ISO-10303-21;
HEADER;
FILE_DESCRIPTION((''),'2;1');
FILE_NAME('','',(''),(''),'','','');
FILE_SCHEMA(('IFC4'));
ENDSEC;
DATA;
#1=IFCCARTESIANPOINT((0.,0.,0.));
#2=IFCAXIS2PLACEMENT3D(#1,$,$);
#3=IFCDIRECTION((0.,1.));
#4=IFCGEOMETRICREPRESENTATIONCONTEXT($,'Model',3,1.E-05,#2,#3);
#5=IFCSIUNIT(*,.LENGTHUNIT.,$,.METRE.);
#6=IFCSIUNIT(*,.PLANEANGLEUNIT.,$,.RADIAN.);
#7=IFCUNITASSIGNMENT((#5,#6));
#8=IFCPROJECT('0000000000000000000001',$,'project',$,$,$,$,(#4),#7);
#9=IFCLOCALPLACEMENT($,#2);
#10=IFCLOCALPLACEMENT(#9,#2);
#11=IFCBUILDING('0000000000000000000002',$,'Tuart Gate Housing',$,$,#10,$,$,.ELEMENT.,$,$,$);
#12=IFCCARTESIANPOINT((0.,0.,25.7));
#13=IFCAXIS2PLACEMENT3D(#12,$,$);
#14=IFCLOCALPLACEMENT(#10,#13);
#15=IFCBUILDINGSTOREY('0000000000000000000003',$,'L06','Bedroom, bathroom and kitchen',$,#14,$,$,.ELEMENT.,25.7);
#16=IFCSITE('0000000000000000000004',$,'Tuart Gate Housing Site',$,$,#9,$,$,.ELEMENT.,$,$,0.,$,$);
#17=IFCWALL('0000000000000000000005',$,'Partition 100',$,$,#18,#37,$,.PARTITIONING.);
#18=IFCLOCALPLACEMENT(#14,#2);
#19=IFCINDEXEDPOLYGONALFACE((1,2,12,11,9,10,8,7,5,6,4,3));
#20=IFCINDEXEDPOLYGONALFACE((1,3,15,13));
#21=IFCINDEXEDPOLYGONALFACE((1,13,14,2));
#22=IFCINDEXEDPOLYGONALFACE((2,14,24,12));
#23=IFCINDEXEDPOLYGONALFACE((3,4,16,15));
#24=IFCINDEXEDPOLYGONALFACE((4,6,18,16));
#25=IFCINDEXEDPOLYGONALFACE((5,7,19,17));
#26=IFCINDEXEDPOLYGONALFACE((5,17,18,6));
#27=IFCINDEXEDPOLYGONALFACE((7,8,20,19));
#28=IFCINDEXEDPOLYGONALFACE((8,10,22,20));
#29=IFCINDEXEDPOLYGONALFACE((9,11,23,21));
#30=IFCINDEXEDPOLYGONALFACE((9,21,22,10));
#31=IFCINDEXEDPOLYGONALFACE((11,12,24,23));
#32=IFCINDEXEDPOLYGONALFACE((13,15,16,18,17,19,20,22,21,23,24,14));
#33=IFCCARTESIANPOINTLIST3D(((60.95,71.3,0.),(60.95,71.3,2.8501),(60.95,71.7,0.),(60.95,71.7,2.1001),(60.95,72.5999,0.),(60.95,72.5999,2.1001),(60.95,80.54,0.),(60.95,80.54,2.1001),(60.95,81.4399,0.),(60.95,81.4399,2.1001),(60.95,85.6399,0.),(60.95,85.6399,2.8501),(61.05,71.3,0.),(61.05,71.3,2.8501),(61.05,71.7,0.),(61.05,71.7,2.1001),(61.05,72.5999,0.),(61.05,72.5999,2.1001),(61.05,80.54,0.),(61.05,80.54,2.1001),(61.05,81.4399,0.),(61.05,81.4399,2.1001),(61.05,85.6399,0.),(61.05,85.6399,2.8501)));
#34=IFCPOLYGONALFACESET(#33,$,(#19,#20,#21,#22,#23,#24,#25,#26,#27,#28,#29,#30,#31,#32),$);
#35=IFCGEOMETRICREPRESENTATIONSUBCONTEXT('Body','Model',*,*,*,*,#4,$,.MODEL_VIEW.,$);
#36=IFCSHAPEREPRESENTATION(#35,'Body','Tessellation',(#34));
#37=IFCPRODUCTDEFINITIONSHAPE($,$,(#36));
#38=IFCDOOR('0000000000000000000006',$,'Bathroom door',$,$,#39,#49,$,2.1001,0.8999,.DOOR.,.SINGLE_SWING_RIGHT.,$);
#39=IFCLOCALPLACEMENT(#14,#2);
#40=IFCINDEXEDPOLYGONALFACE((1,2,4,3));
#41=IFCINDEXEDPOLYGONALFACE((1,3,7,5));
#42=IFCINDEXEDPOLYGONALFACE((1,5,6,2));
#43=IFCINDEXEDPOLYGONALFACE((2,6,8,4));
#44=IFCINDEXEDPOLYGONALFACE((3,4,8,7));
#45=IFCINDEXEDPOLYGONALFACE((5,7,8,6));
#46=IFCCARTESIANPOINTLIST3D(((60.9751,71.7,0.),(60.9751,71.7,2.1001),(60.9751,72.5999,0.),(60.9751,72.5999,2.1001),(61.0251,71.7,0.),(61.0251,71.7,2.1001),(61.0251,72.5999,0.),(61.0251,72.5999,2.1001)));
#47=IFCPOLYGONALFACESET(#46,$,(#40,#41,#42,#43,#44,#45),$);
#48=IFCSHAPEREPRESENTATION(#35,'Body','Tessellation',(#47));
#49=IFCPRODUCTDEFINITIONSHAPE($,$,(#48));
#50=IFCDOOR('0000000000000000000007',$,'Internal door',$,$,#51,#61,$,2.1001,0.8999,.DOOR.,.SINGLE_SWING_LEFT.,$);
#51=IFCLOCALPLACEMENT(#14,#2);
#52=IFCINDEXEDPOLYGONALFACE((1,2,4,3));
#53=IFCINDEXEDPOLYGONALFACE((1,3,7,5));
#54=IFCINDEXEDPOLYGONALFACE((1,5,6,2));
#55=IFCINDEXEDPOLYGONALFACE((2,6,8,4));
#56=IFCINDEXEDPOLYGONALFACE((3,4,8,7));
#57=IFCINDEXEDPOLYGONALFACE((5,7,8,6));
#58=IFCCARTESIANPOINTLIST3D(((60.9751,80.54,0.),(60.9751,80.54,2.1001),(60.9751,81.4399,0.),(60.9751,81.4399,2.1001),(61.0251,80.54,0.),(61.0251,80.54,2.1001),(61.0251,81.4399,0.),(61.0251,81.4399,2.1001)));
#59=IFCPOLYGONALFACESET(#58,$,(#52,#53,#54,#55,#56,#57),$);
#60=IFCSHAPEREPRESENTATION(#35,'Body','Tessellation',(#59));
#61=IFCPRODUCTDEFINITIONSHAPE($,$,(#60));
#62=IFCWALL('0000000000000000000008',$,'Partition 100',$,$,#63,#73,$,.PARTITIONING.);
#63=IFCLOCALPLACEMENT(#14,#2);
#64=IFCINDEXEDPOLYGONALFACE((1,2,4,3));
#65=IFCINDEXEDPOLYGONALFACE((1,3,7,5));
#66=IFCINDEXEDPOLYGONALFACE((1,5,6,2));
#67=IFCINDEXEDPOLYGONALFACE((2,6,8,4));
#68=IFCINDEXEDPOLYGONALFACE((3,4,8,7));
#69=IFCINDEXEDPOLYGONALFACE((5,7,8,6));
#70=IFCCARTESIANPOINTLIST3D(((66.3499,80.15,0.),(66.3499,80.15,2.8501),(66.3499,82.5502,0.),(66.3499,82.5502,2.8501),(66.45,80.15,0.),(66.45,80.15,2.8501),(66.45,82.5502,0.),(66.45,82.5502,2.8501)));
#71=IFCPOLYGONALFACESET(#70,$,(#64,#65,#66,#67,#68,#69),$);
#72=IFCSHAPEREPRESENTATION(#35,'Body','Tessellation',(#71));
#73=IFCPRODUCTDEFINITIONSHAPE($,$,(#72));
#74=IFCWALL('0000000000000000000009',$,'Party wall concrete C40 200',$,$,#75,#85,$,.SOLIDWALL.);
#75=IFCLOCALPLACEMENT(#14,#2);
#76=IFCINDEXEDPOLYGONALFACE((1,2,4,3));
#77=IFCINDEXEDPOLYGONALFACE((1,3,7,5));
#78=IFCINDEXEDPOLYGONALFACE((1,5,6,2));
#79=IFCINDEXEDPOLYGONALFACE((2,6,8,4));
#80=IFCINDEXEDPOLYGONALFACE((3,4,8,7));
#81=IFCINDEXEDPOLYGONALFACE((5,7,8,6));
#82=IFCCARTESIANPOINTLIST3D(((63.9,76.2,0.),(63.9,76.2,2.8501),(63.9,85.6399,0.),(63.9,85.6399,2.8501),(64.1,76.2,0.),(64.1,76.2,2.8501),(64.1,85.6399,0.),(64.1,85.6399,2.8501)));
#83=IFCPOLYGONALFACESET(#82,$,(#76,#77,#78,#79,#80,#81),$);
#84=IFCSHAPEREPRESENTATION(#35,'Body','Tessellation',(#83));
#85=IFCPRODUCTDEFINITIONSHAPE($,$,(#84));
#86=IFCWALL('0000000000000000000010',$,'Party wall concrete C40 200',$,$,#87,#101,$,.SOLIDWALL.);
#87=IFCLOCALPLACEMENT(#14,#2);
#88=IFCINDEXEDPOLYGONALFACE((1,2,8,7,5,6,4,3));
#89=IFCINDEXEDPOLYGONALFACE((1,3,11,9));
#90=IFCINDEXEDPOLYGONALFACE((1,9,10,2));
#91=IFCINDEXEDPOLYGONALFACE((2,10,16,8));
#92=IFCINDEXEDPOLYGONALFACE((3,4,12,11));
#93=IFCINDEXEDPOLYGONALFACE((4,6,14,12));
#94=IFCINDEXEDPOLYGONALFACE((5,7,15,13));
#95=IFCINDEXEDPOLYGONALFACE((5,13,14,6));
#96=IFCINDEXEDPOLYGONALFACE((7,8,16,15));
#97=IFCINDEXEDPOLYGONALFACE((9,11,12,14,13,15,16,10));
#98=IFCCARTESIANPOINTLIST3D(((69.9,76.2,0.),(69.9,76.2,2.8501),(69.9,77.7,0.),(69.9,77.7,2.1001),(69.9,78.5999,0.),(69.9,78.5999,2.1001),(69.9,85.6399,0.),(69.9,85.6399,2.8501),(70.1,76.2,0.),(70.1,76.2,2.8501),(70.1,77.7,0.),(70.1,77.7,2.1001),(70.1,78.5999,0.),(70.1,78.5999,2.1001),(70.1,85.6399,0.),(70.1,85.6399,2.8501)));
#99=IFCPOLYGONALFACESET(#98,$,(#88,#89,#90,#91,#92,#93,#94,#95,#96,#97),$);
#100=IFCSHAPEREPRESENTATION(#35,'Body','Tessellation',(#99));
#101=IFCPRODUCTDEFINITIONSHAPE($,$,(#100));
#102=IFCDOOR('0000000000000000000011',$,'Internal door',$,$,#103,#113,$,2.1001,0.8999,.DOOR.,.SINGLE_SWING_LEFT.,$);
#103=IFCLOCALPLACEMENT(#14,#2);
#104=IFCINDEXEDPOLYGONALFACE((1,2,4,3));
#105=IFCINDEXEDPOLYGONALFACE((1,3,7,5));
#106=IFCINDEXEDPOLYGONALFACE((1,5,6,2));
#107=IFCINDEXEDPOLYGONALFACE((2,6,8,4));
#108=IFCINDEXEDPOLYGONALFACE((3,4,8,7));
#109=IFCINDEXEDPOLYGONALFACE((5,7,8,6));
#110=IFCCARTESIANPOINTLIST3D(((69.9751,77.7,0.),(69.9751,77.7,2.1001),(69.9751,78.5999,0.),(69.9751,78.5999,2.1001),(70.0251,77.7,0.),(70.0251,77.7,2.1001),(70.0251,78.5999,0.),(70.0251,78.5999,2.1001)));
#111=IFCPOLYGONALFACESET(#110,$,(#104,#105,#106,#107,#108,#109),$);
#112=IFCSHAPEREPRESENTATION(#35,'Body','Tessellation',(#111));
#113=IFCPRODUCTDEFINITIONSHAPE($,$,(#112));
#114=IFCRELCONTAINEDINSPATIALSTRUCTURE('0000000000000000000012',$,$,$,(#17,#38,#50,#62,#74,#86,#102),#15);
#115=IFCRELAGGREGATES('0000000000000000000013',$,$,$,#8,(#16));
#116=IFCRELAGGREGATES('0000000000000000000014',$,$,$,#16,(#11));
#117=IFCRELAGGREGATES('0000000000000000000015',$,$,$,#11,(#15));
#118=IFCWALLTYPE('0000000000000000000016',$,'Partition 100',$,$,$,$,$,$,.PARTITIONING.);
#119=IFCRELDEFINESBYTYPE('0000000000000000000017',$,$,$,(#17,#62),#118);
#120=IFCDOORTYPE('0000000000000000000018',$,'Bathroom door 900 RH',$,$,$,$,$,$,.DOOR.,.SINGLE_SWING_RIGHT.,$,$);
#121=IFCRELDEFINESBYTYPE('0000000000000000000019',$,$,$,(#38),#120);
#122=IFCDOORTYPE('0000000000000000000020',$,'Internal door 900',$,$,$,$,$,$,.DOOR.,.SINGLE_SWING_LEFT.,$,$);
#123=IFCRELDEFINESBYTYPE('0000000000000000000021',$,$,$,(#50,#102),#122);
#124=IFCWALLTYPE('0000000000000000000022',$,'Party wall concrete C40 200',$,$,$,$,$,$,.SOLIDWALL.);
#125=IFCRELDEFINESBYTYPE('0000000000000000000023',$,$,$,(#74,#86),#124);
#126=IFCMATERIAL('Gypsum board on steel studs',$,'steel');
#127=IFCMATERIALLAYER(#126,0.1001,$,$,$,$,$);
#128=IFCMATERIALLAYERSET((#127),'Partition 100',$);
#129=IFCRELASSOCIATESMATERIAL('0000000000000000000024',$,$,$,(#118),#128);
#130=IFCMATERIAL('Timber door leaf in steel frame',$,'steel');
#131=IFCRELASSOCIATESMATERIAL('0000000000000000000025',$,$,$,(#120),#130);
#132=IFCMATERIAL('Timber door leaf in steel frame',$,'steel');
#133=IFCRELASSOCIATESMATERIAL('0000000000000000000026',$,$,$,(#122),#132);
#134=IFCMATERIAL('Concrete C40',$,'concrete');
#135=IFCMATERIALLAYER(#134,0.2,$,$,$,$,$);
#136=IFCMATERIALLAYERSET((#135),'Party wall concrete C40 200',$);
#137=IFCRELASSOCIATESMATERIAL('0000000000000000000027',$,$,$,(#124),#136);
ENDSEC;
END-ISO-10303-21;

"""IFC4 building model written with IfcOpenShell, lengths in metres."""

from ifc_helpers import new_model, si_unit, direction, frame, frame_2d, origin, place, context, subcontext, project, spatial, rectangle, extrude, material, layer, layer_set, type_object, element, fill, save


model = new_model("IFC4")

# Units and contexts
model_context = context("Model", 3, precision=1e-05, world=origin(), true_north=direction((0.0, 1.0)))
body_context = subcontext(model_context, "Body", "Model", "MODEL_VIEW")
ifc_project = project(units=[si_unit("LENGTHUNIT", "METRE"), si_unit("PLANEANGLEUNIT", "RADIAN")], contexts=[model_context])

# Site, building, storey
site_placement = place(None, origin())
site = spatial("IfcSite", under=ifc_project, at=site_placement, Name="Tuart Gate Housing Site", CompositionType="ELEMENT", RefElevation=0.0)
building_placement = place(site_placement, origin())
building = spatial("IfcBuilding", under=site, at=building_placement, Name="Tuart Gate Housing", CompositionType="ELEMENT")
storey_placement = place(building_placement, frame((0.0, 0.0, 25.7)))
storey = spatial("IfcBuildingStorey", under=building, at=storey_placement, Name="L06", Description="Bedroom, bathroom and kitchen", CompositionType="ELEMENT", Elevation=25.7)

# Shared definitions
ifc_material_1 = material(Name="Gypsum board on steel studs", Category="steel")
ifc_layer_1 = layer(ifc_material_1, 0.1001)
ifc_layer_set_1 = layer_set([ifc_layer_1], Name="Partition 100")
wall_type_1 = type_object("IfcWallType", Name="Partition 100", PredefinedType="PARTITIONING", material=ifc_layer_set_1)

# Shared definitions
ifc_material_2 = material(Name="Timber door leaf in steel frame", Category="steel")
door_type_1 = type_object("IfcDoorType", Name="Bathroom door 900 RH", OperationType="SINGLE_SWING_RIGHT", PredefinedType="DOOR", material=ifc_material_2)
ifc_material_3 = material(Name="Timber door leaf in steel frame", Category="steel")
door_type_2 = type_object("IfcDoorType", Name="Internal door 900", OperationType="SINGLE_SWING_LEFT", PredefinedType="DOOR", material=ifc_material_3)

# Wall, openings, doors
wall_1_placement = place(storey_placement, frame((61.0, 71.3, 0.0), z_axis=(0.0, 0.0, 1.0), x_axis=(0.0, 1.0, 0.0)))
wall_1 = element("IfcWall", 1, at=wall_1_placement, inside=storey, type_object=wall_type_1, Name="Partition 100", PredefinedType="PARTITIONING", context=body_context, shape_type="SweptSolid", body=[
    extrude(rectangle(XDim=14.3398, YDim=0.1001, at=frame_2d((7.1699, 0.0))), origin(), (0.0, 0.0, 1.0), 2.8501),
])
opening_1_placement = place(wall_1_placement, frame((9.24, 0.0, 0.0)))
opening_1 = element("IfcOpeningElement", 2, at=opening_1_placement, cuts=wall_1, PredefinedType="OPENING", context=body_context, shape_type="SweptSolid", body=[
    extrude(rectangle(XDim=0.8999, YDim=2.1001, at=frame_2d((0.45, 1.05))), frame((0.0, 0.0601, 0.0), z_axis=(0.0, -1.0, 0.0), x_axis=(1.0, 0.0, 0.0)), (0.0, 0.0, 1.0), 0.1201),
])
opening_2_placement = place(wall_1_placement, frame((0.3999, 0.0, 0.0)))
opening_2 = element("IfcOpeningElement", 3, at=opening_2_placement, cuts=wall_1, PredefinedType="OPENING", context=body_context, shape_type="SweptSolid", body=[
    extrude(rectangle(XDim=0.8999, YDim=2.1001, at=frame_2d((0.45, 1.05))), frame((0.0, 0.0601, 0.0), z_axis=(0.0, -1.0, 0.0), x_axis=(1.0, 0.0, 0.0)), (0.0, 0.0, 1.0), 0.1201),
])
door_1_placement = place(opening_2_placement, frame((0.8999, 0.0, 0.0), z_axis=(0.0, 0.0, 1.0), x_axis=(-1.0, 0.0, 0.0)))
door_1 = element("IfcDoor", 4, at=door_1_placement, inside=storey, type_object=door_type_1, Name="Bathroom door", OperationType="SINGLE_SWING_RIGHT", OverallHeight=2.1001, OverallWidth=0.8999, PredefinedType="DOOR", context=body_context, shape_type="SweptSolid", body=[
    extrude(rectangle(XDim=0.8999, YDim=2.1001, at=frame_2d((0.45, 1.05))), frame((0.0, 0.0251, 0.0), z_axis=(0.0, -1.0, 0.0), x_axis=(1.0, 0.0, 0.0)), (0.0, 0.0, 1.0), 0.05),
])
fill(opening_2, door_1)
door_2_placement = place(opening_1_placement, frame((0.8999, 0.0, 0.0), z_axis=(0.0, 0.0, 1.0), x_axis=(-1.0, 0.0, 0.0)))
door_2 = element("IfcDoor", 5, at=door_2_placement, inside=storey, type_object=door_type_2, Name="Internal door", OperationType="SINGLE_SWING_LEFT", OverallHeight=2.1001, OverallWidth=0.8999, PredefinedType="DOOR", context=body_context, shape_type="SweptSolid", body=[
    extrude(rectangle(XDim=0.8999, YDim=2.1001, at=frame_2d((0.45, 1.05))), frame((0.0, 0.0251, 0.0), z_axis=(0.0, -1.0, 0.0), x_axis=(1.0, 0.0, 0.0)), (0.0, 0.0, 1.0), 0.05),
])
fill(opening_1, door_2)

# Walls
wall_2_placement = place(storey_placement, frame((66.3999, 80.1499, 0.0), z_axis=(0.0, 0.0, 1.0), x_axis=(0.0, 1.0, 0.0)))
element("IfcWall", 6, at=wall_2_placement, inside=storey, type_object=wall_type_1, Name="Partition 100", PredefinedType="PARTITIONING", context=body_context, shape_type="SweptSolid", body=[
    extrude(rectangle(XDim=2.4001, YDim=0.1001, at=frame_2d((1.2002, 0.0))), origin(), (0.0, 0.0, 1.0), 2.8501),
])
ifc_material_4 = material(Name="Concrete C40", Category="concrete")
ifc_layer_2 = layer(ifc_material_4, 0.2)
ifc_layer_set_2 = layer_set([ifc_layer_2], Name="Party wall concrete C40 200")
wall_type_2 = type_object("IfcWallType", Name="Party wall concrete C40 200", PredefinedType="SOLIDWALL", material=ifc_layer_set_2)
wall_3_placement = place(storey_placement, frame((64.0, 76.2, 0.0), z_axis=(0.0, 0.0, 1.0), x_axis=(0.0, 1.0, 0.0)))
element("IfcWall", 7, at=wall_3_placement, inside=storey, type_object=wall_type_2, Name="Party wall concrete C40 200", PredefinedType="SOLIDWALL", context=body_context, shape_type="SweptSolid", body=[
    extrude(rectangle(XDim=9.4399, YDim=0.2, at=frame_2d((4.72, 0.0))), origin(), (0.0, 0.0, 1.0), 2.8501),
])

# Wall, opening, door
wall_4_placement = place(storey_placement, frame((70.0, 76.2, 0.0), z_axis=(0.0, 0.0, 1.0), x_axis=(0.0, 1.0, 0.0)))
wall_4 = element("IfcWall", 8, at=wall_4_placement, inside=storey, type_object=wall_type_2, Name="Party wall concrete C40 200", PredefinedType="SOLIDWALL", context=body_context, shape_type="SweptSolid", body=[
    extrude(rectangle(XDim=9.4399, YDim=0.2, at=frame_2d((4.72, 0.0))), origin(), (0.0, 0.0, 1.0), 2.8501),
])
opening_3_placement = place(wall_4_placement, frame((1.5, 0.0, 0.0)))
opening_3 = element("IfcOpeningElement", 9, at=opening_3_placement, cuts=wall_4, PredefinedType="OPENING", context=body_context, shape_type="SweptSolid", body=[
    extrude(rectangle(XDim=0.8999, YDim=2.1001, at=frame_2d((0.45, 1.05))), frame((0.0, 0.1099, 0.0), z_axis=(0.0, -1.0, 0.0), x_axis=(1.0, 0.0, 0.0)), (0.0, 0.0, 1.0), 0.22),
])
door_3_placement = place(opening_3_placement, origin())
door_3 = element("IfcDoor", 10, at=door_3_placement, inside=storey, type_object=door_type_2, Name="Internal door", OperationType="SINGLE_SWING_LEFT", OverallHeight=2.1001, OverallWidth=0.8999, PredefinedType="DOOR", context=body_context, shape_type="SweptSolid", body=[
    extrude(rectangle(XDim=0.8999, YDim=2.1001, at=frame_2d((0.45, 1.05))), frame((0.0, 0.0249, 0.0), z_axis=(0.0, -1.0, 0.0), x_axis=(1.0, 0.0, 0.0)), (0.0, 0.0, 1.0), 0.05),
])
fill(opening_3, door_3)

save(model, "model.ifc")
